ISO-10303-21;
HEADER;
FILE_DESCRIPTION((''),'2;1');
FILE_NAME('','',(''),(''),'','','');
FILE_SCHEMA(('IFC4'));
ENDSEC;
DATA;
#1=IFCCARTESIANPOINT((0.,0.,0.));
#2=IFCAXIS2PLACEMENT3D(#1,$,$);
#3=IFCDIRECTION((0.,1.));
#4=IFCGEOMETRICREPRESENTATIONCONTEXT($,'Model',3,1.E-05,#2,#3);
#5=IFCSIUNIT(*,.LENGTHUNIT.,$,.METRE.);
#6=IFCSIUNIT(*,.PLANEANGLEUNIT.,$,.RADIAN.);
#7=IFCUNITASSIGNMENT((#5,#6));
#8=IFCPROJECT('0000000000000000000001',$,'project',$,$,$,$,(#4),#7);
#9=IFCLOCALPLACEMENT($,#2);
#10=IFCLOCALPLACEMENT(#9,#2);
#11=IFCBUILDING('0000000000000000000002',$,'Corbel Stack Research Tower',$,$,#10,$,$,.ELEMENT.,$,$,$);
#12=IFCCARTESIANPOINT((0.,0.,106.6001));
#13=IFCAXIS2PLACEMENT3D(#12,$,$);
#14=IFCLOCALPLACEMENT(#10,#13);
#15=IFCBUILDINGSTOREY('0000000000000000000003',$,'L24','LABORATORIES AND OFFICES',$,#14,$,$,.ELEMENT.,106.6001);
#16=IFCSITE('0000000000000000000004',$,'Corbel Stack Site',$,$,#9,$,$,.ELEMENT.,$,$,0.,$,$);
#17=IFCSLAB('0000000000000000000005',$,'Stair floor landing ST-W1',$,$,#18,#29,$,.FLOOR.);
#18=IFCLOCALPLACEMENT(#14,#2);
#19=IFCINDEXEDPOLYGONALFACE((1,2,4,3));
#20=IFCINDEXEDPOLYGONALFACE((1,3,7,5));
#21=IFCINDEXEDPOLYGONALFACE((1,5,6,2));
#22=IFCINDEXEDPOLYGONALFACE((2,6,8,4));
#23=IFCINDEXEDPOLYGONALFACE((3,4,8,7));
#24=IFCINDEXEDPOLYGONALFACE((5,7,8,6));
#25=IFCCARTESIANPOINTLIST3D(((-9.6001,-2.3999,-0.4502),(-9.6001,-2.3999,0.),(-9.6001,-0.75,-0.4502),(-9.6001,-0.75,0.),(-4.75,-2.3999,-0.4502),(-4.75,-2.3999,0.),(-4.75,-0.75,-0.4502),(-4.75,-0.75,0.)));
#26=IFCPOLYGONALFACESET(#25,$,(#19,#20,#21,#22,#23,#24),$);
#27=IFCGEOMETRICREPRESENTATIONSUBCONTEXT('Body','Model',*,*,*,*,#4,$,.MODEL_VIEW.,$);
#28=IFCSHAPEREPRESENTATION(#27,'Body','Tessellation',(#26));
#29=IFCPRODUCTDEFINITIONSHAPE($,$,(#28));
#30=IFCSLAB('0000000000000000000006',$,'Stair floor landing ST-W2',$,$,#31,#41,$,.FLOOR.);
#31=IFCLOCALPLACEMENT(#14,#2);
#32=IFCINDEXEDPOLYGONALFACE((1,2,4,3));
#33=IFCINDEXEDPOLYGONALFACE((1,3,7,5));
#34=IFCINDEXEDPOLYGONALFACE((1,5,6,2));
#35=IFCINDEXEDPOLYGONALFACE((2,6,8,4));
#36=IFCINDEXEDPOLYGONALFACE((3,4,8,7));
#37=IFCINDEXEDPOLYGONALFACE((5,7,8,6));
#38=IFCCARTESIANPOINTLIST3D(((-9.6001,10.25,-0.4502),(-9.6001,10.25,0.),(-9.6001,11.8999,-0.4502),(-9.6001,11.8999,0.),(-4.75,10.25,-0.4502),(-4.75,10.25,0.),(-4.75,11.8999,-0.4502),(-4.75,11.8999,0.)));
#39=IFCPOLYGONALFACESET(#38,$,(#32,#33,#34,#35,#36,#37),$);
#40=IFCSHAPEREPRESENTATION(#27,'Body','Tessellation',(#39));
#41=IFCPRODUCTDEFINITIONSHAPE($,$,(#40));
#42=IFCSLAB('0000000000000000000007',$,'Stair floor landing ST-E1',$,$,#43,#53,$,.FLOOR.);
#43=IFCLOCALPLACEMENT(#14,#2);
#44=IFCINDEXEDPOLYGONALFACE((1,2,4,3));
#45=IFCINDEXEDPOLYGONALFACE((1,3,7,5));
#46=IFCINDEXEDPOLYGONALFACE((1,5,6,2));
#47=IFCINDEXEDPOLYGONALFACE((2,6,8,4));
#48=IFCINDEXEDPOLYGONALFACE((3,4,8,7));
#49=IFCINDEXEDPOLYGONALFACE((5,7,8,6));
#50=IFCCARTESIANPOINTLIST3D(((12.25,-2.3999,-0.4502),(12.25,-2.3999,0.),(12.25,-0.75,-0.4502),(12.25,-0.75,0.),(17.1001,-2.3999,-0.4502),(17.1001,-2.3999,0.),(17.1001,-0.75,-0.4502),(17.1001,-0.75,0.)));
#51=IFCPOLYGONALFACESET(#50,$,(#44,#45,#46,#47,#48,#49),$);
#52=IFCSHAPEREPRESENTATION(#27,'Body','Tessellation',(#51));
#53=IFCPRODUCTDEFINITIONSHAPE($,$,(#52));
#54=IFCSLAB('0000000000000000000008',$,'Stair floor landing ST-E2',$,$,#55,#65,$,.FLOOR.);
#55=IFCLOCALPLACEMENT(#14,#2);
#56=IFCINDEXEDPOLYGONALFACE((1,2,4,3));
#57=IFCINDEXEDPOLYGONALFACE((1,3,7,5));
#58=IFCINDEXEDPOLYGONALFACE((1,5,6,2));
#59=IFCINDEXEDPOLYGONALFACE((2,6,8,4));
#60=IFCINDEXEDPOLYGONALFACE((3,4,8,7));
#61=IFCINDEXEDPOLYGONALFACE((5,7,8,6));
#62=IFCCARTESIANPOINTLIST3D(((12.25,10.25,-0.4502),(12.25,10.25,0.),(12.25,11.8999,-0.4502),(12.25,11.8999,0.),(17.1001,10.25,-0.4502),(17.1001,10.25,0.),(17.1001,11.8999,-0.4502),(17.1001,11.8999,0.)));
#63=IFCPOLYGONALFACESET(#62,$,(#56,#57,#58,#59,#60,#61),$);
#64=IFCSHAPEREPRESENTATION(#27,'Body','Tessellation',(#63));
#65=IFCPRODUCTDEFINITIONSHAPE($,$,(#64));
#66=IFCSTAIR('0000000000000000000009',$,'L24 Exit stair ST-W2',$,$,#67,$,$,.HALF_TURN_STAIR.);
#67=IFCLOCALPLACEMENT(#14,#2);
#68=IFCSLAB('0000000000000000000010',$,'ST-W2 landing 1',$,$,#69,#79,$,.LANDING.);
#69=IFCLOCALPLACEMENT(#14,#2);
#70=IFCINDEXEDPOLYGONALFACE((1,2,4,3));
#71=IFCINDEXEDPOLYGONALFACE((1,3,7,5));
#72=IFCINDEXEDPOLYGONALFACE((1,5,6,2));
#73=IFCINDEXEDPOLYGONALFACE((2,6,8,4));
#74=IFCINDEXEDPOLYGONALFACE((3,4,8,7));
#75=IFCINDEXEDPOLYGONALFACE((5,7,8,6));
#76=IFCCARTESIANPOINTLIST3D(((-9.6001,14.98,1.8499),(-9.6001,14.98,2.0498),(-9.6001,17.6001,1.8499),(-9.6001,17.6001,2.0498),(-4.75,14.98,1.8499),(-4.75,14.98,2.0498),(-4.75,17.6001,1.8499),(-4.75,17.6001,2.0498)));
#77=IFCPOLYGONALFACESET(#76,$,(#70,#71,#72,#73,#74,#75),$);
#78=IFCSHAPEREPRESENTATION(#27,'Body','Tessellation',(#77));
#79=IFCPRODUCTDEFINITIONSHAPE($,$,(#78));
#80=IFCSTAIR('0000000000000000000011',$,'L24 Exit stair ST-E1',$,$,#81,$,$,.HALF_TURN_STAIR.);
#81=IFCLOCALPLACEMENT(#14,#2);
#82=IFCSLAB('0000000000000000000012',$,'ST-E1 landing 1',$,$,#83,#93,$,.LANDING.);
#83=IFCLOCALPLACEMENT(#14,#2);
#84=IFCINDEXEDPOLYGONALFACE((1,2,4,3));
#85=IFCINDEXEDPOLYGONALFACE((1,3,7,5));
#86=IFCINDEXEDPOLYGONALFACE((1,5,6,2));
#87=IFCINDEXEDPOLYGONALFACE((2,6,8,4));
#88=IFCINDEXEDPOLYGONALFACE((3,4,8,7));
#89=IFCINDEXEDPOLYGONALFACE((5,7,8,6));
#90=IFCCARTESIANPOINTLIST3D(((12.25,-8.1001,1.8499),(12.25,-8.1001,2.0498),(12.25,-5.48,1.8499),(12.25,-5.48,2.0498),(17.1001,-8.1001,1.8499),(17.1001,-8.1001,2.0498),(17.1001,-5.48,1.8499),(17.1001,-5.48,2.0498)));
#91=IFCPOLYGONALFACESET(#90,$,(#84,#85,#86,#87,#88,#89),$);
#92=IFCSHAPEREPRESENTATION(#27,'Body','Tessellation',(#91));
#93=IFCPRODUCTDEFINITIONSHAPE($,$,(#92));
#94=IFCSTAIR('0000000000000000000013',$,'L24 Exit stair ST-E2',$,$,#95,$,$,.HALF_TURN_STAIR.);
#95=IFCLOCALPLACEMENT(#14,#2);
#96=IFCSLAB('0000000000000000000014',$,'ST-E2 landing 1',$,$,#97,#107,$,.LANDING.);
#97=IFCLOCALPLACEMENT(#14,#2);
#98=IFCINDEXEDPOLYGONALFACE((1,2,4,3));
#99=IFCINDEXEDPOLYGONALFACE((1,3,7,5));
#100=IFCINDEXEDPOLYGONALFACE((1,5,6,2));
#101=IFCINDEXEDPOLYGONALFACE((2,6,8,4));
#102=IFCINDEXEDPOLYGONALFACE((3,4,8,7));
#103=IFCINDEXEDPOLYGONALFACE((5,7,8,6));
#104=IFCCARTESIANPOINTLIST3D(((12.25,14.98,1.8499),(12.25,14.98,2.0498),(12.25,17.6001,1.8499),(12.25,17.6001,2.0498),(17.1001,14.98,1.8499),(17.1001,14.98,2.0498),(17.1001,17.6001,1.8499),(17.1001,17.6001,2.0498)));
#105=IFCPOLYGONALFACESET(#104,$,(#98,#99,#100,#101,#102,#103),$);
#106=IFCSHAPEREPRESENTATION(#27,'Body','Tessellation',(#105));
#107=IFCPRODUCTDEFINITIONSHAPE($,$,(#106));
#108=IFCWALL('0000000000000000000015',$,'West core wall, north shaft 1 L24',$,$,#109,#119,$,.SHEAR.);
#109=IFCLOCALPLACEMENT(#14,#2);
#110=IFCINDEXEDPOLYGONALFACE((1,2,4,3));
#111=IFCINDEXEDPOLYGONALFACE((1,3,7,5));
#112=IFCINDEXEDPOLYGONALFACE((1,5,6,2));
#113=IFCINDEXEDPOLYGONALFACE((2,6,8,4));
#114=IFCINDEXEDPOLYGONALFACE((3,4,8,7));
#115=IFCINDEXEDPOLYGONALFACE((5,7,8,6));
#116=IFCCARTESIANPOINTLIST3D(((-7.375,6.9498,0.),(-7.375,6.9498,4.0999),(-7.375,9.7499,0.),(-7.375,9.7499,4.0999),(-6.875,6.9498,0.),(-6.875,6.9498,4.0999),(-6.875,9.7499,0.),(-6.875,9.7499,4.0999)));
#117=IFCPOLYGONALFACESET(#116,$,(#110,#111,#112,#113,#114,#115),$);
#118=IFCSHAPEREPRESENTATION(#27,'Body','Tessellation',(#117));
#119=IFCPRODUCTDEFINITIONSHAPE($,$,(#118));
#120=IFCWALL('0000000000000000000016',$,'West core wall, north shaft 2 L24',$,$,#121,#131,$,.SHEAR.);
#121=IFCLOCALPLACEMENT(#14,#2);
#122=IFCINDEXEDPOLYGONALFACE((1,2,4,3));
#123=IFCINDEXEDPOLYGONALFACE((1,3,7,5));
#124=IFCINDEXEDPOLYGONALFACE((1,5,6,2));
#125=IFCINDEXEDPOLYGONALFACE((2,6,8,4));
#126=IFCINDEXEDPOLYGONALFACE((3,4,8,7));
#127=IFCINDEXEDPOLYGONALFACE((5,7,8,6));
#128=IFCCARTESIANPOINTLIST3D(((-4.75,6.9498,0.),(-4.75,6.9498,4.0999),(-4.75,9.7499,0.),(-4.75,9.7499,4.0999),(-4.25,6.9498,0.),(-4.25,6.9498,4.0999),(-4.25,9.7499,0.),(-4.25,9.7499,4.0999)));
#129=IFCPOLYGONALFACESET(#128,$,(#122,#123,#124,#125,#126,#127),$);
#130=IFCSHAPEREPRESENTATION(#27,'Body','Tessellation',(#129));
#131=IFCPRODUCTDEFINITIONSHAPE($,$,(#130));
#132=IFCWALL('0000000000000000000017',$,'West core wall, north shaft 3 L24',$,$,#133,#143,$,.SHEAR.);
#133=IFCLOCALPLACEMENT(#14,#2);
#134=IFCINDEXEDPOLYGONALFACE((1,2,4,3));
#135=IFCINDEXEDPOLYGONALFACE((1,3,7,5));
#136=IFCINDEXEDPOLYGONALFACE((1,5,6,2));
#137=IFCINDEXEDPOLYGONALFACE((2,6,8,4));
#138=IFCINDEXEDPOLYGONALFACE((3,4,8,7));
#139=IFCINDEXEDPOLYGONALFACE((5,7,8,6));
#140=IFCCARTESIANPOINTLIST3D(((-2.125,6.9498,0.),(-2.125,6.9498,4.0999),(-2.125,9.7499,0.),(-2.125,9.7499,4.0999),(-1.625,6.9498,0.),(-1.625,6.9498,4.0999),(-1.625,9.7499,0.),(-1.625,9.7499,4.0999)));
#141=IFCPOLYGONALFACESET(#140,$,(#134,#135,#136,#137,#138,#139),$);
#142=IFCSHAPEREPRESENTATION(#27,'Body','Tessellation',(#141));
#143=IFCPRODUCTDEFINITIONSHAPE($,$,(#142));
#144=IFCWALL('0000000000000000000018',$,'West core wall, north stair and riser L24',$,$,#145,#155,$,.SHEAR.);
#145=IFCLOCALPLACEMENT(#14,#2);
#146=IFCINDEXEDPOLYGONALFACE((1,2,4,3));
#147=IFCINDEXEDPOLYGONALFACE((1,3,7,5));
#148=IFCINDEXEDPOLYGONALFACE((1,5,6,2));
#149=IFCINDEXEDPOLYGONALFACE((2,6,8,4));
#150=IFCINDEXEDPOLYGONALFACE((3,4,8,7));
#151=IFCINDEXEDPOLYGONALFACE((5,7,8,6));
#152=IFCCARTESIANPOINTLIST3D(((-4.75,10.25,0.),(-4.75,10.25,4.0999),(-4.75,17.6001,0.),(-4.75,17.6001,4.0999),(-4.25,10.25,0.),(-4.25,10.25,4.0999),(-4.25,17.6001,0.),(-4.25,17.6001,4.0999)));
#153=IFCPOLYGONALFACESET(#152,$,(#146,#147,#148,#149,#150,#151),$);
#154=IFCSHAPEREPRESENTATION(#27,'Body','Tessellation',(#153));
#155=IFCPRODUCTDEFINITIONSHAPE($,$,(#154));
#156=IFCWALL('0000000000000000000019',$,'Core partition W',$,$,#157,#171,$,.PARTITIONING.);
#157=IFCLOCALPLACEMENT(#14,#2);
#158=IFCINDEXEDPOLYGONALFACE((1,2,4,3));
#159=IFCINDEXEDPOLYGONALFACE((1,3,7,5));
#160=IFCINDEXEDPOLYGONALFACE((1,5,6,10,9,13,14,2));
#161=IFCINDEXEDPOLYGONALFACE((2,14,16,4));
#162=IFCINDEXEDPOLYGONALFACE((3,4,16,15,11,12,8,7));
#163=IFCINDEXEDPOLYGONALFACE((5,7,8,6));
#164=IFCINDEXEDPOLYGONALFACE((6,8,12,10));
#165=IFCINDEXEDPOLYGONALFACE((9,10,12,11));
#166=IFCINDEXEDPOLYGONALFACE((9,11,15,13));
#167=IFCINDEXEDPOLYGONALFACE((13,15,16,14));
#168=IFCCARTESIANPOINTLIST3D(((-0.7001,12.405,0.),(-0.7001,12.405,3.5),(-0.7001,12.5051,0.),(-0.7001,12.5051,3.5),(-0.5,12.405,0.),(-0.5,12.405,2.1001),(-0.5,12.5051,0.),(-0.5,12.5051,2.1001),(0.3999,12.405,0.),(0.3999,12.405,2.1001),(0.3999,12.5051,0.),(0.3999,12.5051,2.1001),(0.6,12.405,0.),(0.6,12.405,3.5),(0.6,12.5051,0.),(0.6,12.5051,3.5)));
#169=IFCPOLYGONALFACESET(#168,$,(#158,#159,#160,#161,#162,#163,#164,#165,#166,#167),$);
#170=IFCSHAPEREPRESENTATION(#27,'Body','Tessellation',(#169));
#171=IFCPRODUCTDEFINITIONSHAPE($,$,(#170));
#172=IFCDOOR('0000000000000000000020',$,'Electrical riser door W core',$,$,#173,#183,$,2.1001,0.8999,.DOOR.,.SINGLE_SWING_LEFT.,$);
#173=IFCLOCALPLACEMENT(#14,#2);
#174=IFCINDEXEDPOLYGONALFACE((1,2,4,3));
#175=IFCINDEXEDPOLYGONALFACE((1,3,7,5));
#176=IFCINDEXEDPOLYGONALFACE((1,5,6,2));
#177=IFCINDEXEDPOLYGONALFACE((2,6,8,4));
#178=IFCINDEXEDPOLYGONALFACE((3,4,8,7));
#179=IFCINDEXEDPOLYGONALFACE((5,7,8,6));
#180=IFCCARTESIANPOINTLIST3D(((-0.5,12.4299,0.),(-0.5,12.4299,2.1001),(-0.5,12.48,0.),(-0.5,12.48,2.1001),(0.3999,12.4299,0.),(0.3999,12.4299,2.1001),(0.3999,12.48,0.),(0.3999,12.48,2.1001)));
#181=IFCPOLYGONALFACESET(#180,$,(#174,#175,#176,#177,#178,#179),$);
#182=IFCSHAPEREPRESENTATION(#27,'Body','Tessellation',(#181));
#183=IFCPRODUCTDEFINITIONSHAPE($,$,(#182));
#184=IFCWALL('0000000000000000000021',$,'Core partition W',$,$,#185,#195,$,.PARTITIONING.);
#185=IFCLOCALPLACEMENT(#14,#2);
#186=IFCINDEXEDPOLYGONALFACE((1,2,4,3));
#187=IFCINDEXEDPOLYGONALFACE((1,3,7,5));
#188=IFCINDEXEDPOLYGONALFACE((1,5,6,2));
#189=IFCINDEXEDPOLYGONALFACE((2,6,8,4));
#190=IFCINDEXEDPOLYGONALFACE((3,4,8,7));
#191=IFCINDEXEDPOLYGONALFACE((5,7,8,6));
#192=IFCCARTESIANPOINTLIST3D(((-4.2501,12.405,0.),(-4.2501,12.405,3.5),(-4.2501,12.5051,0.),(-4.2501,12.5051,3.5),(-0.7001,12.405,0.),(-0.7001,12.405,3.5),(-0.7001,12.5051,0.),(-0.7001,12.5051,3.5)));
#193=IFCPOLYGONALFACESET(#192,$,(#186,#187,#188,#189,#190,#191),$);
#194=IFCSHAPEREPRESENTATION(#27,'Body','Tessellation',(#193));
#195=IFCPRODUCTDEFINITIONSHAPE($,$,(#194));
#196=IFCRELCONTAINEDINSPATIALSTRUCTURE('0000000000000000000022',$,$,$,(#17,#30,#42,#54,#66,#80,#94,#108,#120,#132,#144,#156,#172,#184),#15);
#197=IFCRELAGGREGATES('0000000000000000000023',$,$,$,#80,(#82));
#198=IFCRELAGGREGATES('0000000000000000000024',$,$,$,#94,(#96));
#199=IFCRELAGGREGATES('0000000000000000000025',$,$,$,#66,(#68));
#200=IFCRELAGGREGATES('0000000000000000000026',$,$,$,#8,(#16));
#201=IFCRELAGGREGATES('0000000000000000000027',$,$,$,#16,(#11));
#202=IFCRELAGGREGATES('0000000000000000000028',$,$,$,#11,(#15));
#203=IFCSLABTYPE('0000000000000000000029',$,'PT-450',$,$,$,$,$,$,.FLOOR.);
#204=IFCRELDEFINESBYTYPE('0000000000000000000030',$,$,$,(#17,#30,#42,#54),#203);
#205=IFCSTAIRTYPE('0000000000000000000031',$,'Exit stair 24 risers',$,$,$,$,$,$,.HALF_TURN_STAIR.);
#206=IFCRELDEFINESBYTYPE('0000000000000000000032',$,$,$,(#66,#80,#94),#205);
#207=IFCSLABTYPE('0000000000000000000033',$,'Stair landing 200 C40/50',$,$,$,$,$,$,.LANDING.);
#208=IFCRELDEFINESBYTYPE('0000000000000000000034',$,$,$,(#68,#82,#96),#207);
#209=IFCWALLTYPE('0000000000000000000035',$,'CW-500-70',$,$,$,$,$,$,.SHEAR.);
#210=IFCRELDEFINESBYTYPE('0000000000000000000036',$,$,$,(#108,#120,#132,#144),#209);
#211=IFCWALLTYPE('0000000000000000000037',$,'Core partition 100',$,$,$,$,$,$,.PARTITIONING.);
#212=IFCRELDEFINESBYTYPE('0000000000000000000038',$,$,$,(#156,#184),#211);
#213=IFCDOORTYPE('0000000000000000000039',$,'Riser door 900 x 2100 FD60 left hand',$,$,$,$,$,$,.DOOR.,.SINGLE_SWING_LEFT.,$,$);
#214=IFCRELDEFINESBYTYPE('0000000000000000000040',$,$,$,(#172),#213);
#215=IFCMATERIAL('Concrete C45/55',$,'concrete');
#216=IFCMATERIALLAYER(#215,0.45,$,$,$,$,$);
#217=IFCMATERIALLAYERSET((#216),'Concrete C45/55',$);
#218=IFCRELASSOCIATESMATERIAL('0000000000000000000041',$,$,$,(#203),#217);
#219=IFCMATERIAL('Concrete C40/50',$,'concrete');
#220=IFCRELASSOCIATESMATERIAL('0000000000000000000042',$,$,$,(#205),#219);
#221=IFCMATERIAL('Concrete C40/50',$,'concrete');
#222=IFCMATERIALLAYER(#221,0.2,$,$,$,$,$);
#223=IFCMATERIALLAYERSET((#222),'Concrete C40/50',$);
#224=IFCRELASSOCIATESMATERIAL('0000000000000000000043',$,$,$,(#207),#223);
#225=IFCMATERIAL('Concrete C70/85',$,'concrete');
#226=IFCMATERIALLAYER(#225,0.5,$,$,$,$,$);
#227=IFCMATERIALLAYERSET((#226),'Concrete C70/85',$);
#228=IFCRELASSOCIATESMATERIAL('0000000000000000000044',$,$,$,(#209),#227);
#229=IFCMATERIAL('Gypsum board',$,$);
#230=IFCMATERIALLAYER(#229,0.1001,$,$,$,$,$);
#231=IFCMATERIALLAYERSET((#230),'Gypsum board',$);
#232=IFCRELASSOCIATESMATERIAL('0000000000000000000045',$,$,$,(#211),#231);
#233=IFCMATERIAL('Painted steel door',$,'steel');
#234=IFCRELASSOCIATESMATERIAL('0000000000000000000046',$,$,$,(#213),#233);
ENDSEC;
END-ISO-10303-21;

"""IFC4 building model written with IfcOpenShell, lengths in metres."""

from ifc_helpers import new_model, si_unit, direction, frame, frame_2d, origin, place, context, subcontext, project, spatial, polyline, rectangle, outline, extrude, material, layer, layer_set, type_object, element, fill, aggregate, save


model = new_model("IFC4")

# Units and contexts
model_context = context("Model", 3, precision=1e-05, world=origin(), true_north=direction((0.0, 1.0)))
body_context = subcontext(model_context, "Body", "Model", "MODEL_VIEW")
ifc_project = project(units=[si_unit("LENGTHUNIT", "METRE"), si_unit("PLANEANGLEUNIT", "RADIAN")], contexts=[model_context])

# Site, building, storey
site_placement = place(None, origin())
site = spatial("IfcSite", under=ifc_project, at=site_placement, Name="Corbel Stack Site", CompositionType="ELEMENT", RefElevation=0.0)
building_placement = place(site_placement, origin())
building = spatial("IfcBuilding", under=site, at=building_placement, Name="Corbel Stack Research Tower", CompositionType="ELEMENT")
storey_placement = place(building_placement, frame((0.0, 0.0, 106.6001)))
storey = spatial("IfcBuildingStorey", under=building, at=storey_placement, Name="L24", Description="LABORATORIES AND OFFICES", CompositionType="ELEMENT", Elevation=106.6001)

# Slabs
ifc_material_1 = material(Name="Concrete C45/55", Category="concrete")
ifc_layer_1 = layer(ifc_material_1, 0.45)
ifc_layer_set_1 = layer_set([ifc_layer_1], Name="Concrete C45/55")
slab_type_1 = type_object("IfcSlabType", Name="PT-450", PredefinedType="FLOOR", material=ifc_layer_set_1)
slab_1_placement = place(storey_placement, frame((0.0, 0.0, -0.4502)))
element("IfcSlab", 1, at=slab_1_placement, inside=storey, type_object=slab_type_1, Name="Stair floor landing ST-W1", PredefinedType="FLOOR", context=body_context, shape_type="SweptSolid", body=[
    extrude(outline(polyline([(-9.6001, -2.3999), (-4.75, -2.3999), (-4.75, -0.75), (-9.6001, -0.75), (-9.6001, -2.3999)])), origin(), (0.0, 0.0, 1.0), 0.4502),
])
slab_2_placement = place(storey_placement, frame((0.0, 0.0, -0.4502)))
element("IfcSlab", 2, at=slab_2_placement, inside=storey, type_object=slab_type_1, Name="Stair floor landing ST-W2", PredefinedType="FLOOR", context=body_context, shape_type="SweptSolid", body=[
    extrude(outline(polyline([(-9.6001, 10.25), (-4.75, 10.25), (-4.75, 11.8999), (-9.6001, 11.8999), (-9.6001, 10.25)])), origin(), (0.0, 0.0, 1.0), 0.4502),
])
slab_3_placement = place(storey_placement, frame((0.0, 0.0, -0.4502)))
element("IfcSlab", 3, at=slab_3_placement, inside=storey, type_object=slab_type_1, Name="Stair floor landing ST-E1", PredefinedType="FLOOR", context=body_context, shape_type="SweptSolid", body=[
    extrude(outline(polyline([(12.25, -2.3999), (17.1001, -2.3999), (17.1001, -0.75), (12.25, -0.75), (12.25, -2.3999)])), origin(), (0.0, 0.0, 1.0), 0.4502),
])
slab_4_placement = place(storey_placement, frame((0.0, 0.0, -0.4502)))
element("IfcSlab", 4, at=slab_4_placement, inside=storey, type_object=slab_type_1, Name="Stair floor landing ST-E2", PredefinedType="FLOOR", context=body_context, shape_type="SweptSolid", body=[
    extrude(outline(polyline([(12.25, 10.25), (17.1001, 10.25), (17.1001, 11.8999), (12.25, 11.8999), (12.25, 10.25)])), origin(), (0.0, 0.0, 1.0), 0.4502),
])

# Stairs, slabs
ifc_material_2 = material(Name="Concrete C40/50", Category="concrete")
stair_type = type_object("IfcStairType", Name="Exit stair 24 risers", PredefinedType="HALF_TURN_STAIR", material=ifc_material_2)
stair_1_placement = place(storey_placement, origin())
stair_1 = element("IfcStair", 5, at=stair_1_placement, inside=storey, type_object=stair_type, Name="L24 Exit stair ST-W2", PredefinedType="HALF_TURN_STAIR")
ifc_material_3 = material(Name="Concrete C40/50", Category="concrete")
ifc_layer_2 = layer(ifc_material_3, 0.2)
ifc_layer_set_2 = layer_set([ifc_layer_2], Name="Concrete C40/50")
slab_type_2 = type_object("IfcSlabType", Name="Stair landing 200 C40/50", PredefinedType="LANDING", material=ifc_layer_set_2)
slab_5_placement = place(storey_placement, frame((0.0, 0.0, 1.8499)))
slab_5 = element("IfcSlab", 6, at=slab_5_placement, type_object=slab_type_2, Name="ST-W2 landing 1", PredefinedType="LANDING", context=body_context, shape_type="SweptSolid", body=[
    extrude(outline(polyline([(-9.6001, 14.98), (-9.6001, 17.6001), (-4.75, 17.6001), (-4.75, 14.98), (-9.6001, 14.98)])), origin(), (0.0, 0.0, 1.0), 0.2),
])
stair_2_placement = place(storey_placement, origin())
stair_2 = element("IfcStair", 7, at=stair_2_placement, inside=storey, type_object=stair_type, Name="L24 Exit stair ST-E1", PredefinedType="HALF_TURN_STAIR")
slab_6_placement = place(storey_placement, frame((0.0, 0.0, 1.8499)))
slab_6 = element("IfcSlab", 8, at=slab_6_placement, type_object=slab_type_2, Name="ST-E1 landing 1", PredefinedType="LANDING", context=body_context, shape_type="SweptSolid", body=[
    extrude(outline(polyline([(12.25, -8.1001), (12.25, -5.48), (17.1001, -5.48), (17.1001, -8.1001), (12.25, -8.1001)])), origin(), (0.0, 0.0, 1.0), 0.2),
])
aggregate(stair_2, [slab_6])
stair_3_placement = place(storey_placement, origin())
stair_3 = element("IfcStair", 9, at=stair_3_placement, inside=storey, type_object=stair_type, Name="L24 Exit stair ST-E2", PredefinedType="HALF_TURN_STAIR")
slab_7_placement = place(storey_placement, frame((0.0, 0.0, 1.8499)))
slab_7 = element("IfcSlab", 10, at=slab_7_placement, type_object=slab_type_2, Name="ST-E2 landing 1", PredefinedType="LANDING", context=body_context, shape_type="SweptSolid", body=[
    extrude(outline(polyline([(12.25, 14.98), (12.25, 17.6001), (17.1001, 17.6001), (17.1001, 14.98), (12.25, 14.98)])), origin(), (0.0, 0.0, 1.0), 0.2),
])
aggregate(stair_3, [slab_7])

# Walls
ifc_material_4 = material(Name="Concrete C70/85", Category="concrete")
ifc_layer_3 = layer(ifc_material_4, 0.5)
ifc_layer_set_3 = layer_set([ifc_layer_3], Name="Concrete C70/85")
wall_type_1 = type_object("IfcWallType", Name="CW-500-70", PredefinedType="SHEAR", material=ifc_layer_set_3)
for number, where, z_axis, x_axis, name in (
    (11, (-7.125, 6.95, 0.0), (0.0, 0.0, 1.0), (0.0, 1.0, 0.0), "West core wall, north shaft 1 L24"),
    (12, (-4.5, 6.95, 0.0), (0.0, 0.0, 1.0), (0.0, 1.0, 0.0), "West core wall, north shaft 2 L24"),
    (13, (-1.875, 6.95, 0.0), (0.0, 0.0, 1.0), (0.0, 1.0, 0.0), "West core wall, north shaft 3 L24"),
):
    element("IfcWall", number, at=place(storey_placement, frame(where, z_axis=z_axis, x_axis=x_axis)), inside=storey, type_object=wall_type_1, Name=name, PredefinedType="SHEAR", context=body_context, shape_type="SweptSolid", body=[
        extrude(rectangle(XDim=2.8, YDim=0.5, at=frame_2d((1.3999, 0.0))), origin(), (0.0, 0.0, 1.0), 4.0999),
    ])
wall_1_placement = place(storey_placement, frame((-4.5, 10.25, 0.0), z_axis=(0.0, 0.0, 1.0), x_axis=(0.0, 1.0, 0.0)))
element("IfcWall", 14, at=wall_1_placement, inside=storey, type_object=wall_type_1, Name="West core wall, north stair and riser L24", PredefinedType="SHEAR", context=body_context, shape_type="SweptSolid", body=[
    extrude(rectangle(XDim=7.3501, YDim=0.5, at=frame_2d((3.675, 0.0))), origin(), (0.0, 0.0, 1.0), 4.0999),
])

# Wall, opening, door
ifc_material_5 = material(Name="Gypsum board")
ifc_layer_4 = layer(ifc_material_5, 0.1001)
ifc_layer_set_4 = layer_set([ifc_layer_4], Name="Gypsum board")
wall_type_2 = type_object("IfcWallType", Name="Core partition 100", PredefinedType="PARTITIONING", material=ifc_layer_set_4)
wall_2_placement = place(storey_placement, frame((-0.7, 12.4551, 0.0), z_axis=(0.0, 0.0, 1.0), x_axis=(1.0, 0.0, 0.0)))
wall_2 = element("IfcWall", 15, at=wall_2_placement, inside=storey, type_object=wall_type_2, Name="Core partition W", PredefinedType="PARTITIONING", context=body_context, shape_type="SweptSolid", body=[
    extrude(rectangle(XDim=1.3, YDim=0.1001, at=frame_2d((0.6499, 0.0))), origin(), (0.0, 0.0, 1.0), 3.5),
])
opening_1_placement = place(wall_2_placement, frame((0.2, 0.0, 0.0)))
opening_1 = element("IfcOpeningElement", 16, at=opening_1_placement, cuts=wall_2, PredefinedType="OPENING", context=body_context, shape_type="SweptSolid", body=[
    extrude(rectangle(XDim=0.8999, YDim=2.1001, at=frame_2d((0.45, 1.05))), frame((0.0, 0.0601, 0.0), z_axis=(0.0, -1.0, 0.0), x_axis=(1.0, 0.0, 0.0)), (0.0, 0.0, 1.0), 0.1201),
])
ifc_material_6 = material(Name="Painted steel door", Category="steel")
door_type_1 = type_object("IfcDoorType", Name="Riser door 900 x 2100 FD60 left hand", OperationType="SINGLE_SWING_LEFT", PredefinedType="DOOR", material=ifc_material_6)
door_1_placement = place(opening_1_placement, origin())
door_1 = element("IfcDoor", 17, at=door_1_placement, inside=storey, type_object=door_type_1, Name="Electrical riser door W core", OperationType="SINGLE_SWING_LEFT", OverallHeight=2.1001, OverallWidth=0.8999, PredefinedType="DOOR", context=body_context, shape_type="SweptSolid", body=[
    extrude(rectangle(XDim=0.8999, YDim=2.1001, at=frame_2d((0.45, 1.05))), frame((0.0, 0.0249, 0.0), z_axis=(0.0, -1.0, 0.0), x_axis=(1.0, 0.0, 0.0)), (0.0, 0.0, 1.0), 0.05),
])
fill(opening_1, door_1)

# Wall
wall_3_placement = place(storey_placement, frame((-4.25, 12.4551, 0.0), z_axis=(0.0, 0.0, 1.0), x_axis=(1.0, 0.0, 0.0)))
element("IfcWall", 18, at=wall_3_placement, inside=storey, type_object=wall_type_2, Name="Core partition W", PredefinedType="PARTITIONING", context=body_context, shape_type="SweptSolid", body=[
    extrude(rectangle(XDim=3.55, YDim=0.1001, at=frame_2d((1.7749, 0.0))), origin(), (0.0, 0.0, 1.0), 3.5),
])

aggregate(stair_1, [slab_5])

save(model, "model.ifc")
